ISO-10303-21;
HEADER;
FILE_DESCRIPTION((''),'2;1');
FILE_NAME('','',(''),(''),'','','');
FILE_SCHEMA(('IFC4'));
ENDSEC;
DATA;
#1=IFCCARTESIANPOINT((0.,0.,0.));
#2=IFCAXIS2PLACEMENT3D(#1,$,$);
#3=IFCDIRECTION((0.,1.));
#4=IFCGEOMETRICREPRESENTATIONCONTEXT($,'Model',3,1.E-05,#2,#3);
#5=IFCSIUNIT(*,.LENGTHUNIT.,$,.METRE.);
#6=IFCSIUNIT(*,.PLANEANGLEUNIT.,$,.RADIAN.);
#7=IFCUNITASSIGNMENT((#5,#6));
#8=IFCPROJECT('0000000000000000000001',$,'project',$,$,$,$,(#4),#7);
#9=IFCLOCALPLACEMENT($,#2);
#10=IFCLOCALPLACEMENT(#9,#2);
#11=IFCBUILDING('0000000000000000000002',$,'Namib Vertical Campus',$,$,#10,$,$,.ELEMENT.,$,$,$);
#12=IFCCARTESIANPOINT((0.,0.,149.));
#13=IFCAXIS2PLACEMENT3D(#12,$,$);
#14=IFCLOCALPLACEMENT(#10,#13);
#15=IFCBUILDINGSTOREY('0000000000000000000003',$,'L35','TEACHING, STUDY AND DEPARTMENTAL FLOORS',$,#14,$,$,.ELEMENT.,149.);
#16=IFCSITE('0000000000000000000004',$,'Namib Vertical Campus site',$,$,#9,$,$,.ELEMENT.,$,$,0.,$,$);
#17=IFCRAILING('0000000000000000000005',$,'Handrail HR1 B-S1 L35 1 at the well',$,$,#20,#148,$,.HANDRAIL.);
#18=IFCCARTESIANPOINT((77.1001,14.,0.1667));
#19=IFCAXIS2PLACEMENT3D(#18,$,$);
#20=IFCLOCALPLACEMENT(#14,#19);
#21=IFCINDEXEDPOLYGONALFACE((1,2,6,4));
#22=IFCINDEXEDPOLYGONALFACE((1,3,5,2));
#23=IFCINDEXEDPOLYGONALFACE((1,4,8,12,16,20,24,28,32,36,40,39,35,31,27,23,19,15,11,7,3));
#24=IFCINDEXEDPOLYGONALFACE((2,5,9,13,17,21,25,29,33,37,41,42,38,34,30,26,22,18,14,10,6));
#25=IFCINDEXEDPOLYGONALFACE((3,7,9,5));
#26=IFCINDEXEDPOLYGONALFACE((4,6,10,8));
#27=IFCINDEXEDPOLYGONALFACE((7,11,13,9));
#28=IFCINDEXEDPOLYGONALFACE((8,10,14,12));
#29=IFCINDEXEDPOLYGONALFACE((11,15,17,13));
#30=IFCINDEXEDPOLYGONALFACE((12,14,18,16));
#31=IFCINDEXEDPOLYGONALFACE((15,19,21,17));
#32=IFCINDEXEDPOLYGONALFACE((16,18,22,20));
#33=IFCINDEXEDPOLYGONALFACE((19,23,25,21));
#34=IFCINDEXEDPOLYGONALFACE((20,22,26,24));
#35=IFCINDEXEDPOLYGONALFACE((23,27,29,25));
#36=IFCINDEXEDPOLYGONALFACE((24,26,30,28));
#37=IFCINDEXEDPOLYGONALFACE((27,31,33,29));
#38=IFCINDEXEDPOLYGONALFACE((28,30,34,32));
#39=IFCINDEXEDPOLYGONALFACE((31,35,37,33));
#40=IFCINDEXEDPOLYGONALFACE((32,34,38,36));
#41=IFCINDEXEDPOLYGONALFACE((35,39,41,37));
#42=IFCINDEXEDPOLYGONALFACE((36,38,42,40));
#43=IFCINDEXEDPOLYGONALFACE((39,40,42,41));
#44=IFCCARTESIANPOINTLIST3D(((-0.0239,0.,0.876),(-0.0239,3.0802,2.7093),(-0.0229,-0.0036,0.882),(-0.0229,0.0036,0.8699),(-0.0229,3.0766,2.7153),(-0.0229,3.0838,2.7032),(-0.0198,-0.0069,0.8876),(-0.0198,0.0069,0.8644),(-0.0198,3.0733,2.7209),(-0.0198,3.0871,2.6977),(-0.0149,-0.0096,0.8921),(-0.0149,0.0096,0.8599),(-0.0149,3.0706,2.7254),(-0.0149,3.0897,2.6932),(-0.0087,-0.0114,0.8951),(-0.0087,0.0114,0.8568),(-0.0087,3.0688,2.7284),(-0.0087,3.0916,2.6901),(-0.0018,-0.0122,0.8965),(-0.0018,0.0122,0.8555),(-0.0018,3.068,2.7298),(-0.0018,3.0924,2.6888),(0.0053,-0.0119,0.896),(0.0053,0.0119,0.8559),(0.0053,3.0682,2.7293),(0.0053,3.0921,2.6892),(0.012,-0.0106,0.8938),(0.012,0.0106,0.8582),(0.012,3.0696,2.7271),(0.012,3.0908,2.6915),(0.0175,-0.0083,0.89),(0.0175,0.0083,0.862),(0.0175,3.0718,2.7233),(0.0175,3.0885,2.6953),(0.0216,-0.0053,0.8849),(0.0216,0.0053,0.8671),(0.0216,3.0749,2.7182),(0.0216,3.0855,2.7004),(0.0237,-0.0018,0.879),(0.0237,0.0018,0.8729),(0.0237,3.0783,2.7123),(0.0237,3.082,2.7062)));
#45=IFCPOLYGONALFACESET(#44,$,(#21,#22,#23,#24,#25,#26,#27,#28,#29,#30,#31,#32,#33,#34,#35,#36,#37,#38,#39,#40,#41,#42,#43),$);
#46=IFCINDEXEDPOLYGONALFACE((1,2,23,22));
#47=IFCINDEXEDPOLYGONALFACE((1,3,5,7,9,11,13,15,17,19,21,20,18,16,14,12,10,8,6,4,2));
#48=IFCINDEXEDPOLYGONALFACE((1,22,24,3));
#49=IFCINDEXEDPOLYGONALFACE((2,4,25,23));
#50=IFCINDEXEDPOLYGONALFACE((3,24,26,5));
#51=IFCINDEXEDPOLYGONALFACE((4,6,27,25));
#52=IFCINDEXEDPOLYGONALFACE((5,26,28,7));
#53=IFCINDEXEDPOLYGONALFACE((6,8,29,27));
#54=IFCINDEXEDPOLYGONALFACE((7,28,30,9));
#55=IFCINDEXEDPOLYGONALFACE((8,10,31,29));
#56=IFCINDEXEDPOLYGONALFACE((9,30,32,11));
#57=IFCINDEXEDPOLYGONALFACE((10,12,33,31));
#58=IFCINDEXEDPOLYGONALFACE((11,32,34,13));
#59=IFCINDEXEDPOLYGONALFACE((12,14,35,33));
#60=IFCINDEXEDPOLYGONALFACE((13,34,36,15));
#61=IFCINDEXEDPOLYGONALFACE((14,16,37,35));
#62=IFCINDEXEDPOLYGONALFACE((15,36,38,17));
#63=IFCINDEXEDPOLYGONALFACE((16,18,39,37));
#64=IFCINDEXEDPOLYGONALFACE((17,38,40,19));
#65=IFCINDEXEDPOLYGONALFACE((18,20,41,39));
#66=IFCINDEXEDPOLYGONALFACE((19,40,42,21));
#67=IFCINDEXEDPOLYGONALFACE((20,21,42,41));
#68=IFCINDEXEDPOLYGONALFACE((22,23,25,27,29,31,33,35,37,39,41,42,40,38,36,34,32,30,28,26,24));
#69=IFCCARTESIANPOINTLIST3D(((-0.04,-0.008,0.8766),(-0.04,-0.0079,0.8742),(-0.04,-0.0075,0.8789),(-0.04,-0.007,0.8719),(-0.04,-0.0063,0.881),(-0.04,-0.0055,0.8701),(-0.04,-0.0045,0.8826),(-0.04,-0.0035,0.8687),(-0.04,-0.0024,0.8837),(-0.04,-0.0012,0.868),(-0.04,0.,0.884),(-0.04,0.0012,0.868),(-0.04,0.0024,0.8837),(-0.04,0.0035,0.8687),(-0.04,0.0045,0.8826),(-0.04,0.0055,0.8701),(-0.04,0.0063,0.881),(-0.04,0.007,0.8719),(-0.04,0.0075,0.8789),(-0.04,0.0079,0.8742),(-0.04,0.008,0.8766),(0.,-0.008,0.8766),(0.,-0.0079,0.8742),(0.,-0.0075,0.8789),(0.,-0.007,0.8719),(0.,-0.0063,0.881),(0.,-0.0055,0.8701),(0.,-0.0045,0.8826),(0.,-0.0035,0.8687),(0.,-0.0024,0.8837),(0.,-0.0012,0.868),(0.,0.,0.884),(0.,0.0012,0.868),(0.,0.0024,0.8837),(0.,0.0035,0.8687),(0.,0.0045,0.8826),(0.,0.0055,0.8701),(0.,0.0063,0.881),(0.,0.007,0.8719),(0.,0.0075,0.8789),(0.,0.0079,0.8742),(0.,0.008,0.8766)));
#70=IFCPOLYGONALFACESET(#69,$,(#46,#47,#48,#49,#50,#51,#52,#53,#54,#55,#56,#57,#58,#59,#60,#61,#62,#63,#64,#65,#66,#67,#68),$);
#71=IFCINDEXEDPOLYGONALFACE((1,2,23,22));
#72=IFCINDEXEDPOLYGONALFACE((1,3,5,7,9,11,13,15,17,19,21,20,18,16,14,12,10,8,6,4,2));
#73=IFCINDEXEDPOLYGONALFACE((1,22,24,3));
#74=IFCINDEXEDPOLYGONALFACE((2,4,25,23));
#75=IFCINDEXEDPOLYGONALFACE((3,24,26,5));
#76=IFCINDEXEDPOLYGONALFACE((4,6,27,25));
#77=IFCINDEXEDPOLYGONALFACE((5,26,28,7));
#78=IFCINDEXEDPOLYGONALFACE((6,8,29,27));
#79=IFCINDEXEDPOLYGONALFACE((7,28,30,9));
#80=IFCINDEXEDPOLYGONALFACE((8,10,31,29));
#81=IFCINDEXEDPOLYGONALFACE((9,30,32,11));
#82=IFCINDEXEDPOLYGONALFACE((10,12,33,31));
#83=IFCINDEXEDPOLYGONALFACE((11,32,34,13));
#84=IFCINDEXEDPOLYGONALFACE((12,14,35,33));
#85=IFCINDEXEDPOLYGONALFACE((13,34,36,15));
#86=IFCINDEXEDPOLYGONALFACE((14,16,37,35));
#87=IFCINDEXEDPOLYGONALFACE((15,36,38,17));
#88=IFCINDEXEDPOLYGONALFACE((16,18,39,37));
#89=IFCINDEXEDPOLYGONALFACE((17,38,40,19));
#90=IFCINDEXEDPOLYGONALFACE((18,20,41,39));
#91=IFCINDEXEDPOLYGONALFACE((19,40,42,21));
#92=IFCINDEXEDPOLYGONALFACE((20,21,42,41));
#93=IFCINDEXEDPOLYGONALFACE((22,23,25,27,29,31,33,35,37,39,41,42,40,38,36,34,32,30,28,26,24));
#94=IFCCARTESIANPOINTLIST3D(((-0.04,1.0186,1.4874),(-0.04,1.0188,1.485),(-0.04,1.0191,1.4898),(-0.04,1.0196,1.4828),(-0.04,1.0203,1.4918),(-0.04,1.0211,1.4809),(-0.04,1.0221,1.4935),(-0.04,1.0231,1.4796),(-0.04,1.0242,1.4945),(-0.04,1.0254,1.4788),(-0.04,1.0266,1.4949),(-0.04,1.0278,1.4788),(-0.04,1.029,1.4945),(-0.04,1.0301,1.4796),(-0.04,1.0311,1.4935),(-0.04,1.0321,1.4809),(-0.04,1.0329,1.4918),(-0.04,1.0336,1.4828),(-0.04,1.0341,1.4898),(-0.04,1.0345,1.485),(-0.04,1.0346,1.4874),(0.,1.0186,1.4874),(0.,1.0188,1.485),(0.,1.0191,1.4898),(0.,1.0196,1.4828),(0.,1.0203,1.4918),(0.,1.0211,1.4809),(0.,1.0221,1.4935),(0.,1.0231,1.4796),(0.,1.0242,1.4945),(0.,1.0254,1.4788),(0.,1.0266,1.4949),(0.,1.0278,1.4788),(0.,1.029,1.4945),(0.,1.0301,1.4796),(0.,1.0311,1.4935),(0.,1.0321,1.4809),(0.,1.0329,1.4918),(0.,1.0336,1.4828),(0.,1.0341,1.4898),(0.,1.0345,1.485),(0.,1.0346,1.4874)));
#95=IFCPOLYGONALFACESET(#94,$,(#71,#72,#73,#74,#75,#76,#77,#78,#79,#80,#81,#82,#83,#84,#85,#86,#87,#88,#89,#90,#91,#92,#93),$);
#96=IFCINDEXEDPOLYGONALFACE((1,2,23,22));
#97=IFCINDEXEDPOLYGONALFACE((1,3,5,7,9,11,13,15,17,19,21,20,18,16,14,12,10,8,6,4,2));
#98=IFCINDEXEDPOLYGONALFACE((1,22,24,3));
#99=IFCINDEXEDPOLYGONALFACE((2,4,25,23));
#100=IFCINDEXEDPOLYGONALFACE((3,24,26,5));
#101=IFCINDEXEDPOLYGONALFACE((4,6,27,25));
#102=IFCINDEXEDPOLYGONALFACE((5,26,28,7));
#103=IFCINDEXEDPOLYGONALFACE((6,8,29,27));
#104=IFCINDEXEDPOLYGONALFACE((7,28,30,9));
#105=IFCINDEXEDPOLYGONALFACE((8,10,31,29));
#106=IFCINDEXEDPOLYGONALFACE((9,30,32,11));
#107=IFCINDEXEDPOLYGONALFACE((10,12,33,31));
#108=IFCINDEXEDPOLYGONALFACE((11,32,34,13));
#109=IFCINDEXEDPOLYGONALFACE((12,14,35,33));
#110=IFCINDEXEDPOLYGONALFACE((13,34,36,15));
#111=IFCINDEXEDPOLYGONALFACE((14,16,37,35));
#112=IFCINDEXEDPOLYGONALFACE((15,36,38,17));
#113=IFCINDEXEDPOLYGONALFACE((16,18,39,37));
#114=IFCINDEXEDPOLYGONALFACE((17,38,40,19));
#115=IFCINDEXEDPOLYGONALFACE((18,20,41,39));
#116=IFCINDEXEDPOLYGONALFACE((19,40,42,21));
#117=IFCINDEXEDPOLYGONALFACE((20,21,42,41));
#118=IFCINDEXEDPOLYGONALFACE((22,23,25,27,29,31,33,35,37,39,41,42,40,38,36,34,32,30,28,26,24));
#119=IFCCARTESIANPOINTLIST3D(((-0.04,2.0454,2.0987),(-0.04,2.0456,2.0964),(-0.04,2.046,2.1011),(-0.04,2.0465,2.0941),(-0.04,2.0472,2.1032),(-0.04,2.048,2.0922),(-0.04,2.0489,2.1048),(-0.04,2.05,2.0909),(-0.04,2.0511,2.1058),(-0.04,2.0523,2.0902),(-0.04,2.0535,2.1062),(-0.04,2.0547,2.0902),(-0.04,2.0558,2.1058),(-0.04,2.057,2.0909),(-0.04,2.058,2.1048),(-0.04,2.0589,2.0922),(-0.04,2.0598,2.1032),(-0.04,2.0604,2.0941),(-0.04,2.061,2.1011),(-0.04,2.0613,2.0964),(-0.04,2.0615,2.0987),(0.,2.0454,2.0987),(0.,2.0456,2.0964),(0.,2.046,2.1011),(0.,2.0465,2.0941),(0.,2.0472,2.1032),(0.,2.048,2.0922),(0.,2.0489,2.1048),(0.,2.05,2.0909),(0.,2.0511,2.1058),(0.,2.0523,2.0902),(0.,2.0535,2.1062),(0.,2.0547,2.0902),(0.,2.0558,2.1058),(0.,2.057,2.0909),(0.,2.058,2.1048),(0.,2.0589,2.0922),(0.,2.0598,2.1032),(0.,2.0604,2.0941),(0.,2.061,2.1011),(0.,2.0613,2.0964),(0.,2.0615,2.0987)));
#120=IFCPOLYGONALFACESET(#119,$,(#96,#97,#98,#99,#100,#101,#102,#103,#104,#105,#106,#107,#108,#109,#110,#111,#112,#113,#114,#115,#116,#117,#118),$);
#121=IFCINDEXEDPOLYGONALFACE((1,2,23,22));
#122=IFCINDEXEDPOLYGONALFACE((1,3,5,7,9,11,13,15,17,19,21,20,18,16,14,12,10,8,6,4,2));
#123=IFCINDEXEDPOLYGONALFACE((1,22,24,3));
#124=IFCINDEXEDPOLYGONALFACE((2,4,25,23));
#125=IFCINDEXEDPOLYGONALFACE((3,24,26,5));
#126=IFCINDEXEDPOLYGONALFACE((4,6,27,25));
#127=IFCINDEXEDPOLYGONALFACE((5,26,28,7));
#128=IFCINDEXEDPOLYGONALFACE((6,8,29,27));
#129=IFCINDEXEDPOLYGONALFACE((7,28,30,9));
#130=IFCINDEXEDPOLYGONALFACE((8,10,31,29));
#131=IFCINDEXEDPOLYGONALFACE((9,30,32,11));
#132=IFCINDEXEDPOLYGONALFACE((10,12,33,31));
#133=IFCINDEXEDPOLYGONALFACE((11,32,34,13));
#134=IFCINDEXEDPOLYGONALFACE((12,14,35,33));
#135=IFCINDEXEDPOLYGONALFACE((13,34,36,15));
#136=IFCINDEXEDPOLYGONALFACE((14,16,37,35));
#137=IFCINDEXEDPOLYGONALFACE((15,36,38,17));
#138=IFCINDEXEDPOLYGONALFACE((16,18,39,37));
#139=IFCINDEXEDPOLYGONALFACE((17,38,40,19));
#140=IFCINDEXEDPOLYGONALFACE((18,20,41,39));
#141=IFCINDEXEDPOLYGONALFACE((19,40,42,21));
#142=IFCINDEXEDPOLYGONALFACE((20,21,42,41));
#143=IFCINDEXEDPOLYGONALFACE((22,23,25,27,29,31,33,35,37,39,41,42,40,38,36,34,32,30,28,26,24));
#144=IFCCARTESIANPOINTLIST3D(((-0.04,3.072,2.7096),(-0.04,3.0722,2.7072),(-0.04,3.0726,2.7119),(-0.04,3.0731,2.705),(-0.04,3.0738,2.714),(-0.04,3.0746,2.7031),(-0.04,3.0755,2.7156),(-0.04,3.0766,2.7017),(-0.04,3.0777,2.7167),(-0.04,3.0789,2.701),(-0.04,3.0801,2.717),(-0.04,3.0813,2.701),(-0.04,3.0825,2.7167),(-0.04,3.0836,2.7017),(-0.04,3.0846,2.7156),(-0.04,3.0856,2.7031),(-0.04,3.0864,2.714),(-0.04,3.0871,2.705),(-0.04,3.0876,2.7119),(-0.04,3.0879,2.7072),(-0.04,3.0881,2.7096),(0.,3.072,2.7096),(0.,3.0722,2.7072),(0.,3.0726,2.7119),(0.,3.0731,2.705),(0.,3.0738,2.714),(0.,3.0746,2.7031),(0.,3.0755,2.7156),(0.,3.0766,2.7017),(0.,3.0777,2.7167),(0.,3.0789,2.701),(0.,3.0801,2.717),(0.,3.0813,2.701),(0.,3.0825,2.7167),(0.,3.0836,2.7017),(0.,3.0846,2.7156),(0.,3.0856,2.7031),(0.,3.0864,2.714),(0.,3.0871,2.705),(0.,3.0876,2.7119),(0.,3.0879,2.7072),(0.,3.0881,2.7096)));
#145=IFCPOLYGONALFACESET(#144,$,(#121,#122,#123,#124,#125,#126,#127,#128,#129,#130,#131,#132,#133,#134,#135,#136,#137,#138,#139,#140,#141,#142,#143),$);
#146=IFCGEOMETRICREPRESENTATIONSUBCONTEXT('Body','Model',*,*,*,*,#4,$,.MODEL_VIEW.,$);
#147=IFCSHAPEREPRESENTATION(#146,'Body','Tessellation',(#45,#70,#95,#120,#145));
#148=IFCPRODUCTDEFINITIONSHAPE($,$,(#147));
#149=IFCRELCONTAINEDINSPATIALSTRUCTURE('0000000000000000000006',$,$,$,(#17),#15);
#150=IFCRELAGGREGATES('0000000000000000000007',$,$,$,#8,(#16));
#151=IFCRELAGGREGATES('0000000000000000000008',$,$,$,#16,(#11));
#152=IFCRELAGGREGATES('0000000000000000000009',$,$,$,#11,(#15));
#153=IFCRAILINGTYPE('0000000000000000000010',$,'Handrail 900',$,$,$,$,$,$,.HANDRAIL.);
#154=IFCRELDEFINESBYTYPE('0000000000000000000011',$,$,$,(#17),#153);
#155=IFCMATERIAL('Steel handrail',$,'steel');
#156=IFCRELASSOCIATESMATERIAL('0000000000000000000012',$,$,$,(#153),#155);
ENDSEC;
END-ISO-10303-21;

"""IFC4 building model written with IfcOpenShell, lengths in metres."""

from ifc_helpers import new_model, si_unit, direction, frame, origin, origin_2d, place, context, subcontext, project, spatial, circle, extrude, material, type_object, element, save


model = new_model("IFC4")

# Units and contexts
model_context = context("Model", 3, precision=1e-05, world=origin(), true_north=direction((0.0, 1.0)))
body_context = subcontext(model_context, "Body", "Model", "MODEL_VIEW")
ifc_project = project(units=[si_unit("LENGTHUNIT", "METRE"), si_unit("PLANEANGLEUNIT", "RADIAN")], contexts=[model_context])

# Site, building, storey
site_placement = place(None, origin())
site = spatial("IfcSite", under=ifc_project, at=site_placement, Name="Namib Vertical Campus site", CompositionType="ELEMENT", RefElevation=0.0)
building_placement = place(site_placement, origin())
building = spatial("IfcBuilding", under=site, at=building_placement, Name="Namib Vertical Campus", CompositionType="ELEMENT")
storey_placement = place(building_placement, frame((0.0, 0.0, 149.0)))
storey = spatial("IfcBuildingStorey", under=building, at=storey_placement, Name="L35", Description="TEACHING, STUDY AND DEPARTMENTAL FLOORS", CompositionType="ELEMENT", Elevation=149.0)

# Railing
ifc_material_1 = material(Name="Steel handrail", Category="steel")
railing_type_1 = type_object("IfcRailingType", Name="Handrail 900", PredefinedType="HANDRAIL", material=ifc_material_1)
railing_1_placement = place(storey_placement, frame((77.1001, 14.0, 0.1667)))
element("IfcRailing", 1, at=railing_1_placement, inside=storey, type_object=railing_type_1, Name="Handrail HR1 B-S1 L35 1 at the well", PredefinedType="HANDRAIL", context=body_context, shape_type="SweptSolid", body=[
    extrude(circle(Radius=0.0239, at=origin_2d()), frame((0.0, 0.0, 0.876), z_axis=(0.0, 0.859309, 0.511458), x_axis=(-1.0, 0.0, 0.0)), (0.0, 0.0, 1.0), 3.5845),
    extrude(circle(Radius=0.0081, at=origin_2d()), frame((0.0, 0.0, 0.876), z_axis=(-1.0, 0.0, 0.0), x_axis=(0.0, 0.0, 1.0)), (0.0, 0.0, 1.0), 0.04),
    extrude(circle(Radius=0.0081, at=origin_2d()), frame((0.0, 1.0266, 1.4868), z_axis=(-1.0, 0.0, 0.0), x_axis=(0.0, 0.0, 1.0)), (0.0, 0.0, 1.0), 0.04),
    extrude(circle(Radius=0.0081, at=origin_2d()), frame((0.0, 2.0535, 2.0981), z_axis=(-1.0, 0.0, 0.0), x_axis=(0.0, 0.0, 1.0)), (0.0, 0.0, 1.0), 0.04),
    extrude(circle(Radius=0.0081, at=origin_2d()), frame((0.0, 3.0801, 2.709), z_axis=(-1.0, 0.0, 0.0), x_axis=(0.0, 0.0, 1.0)), (0.0, 0.0, 1.0), 0.04),
])

save(model, "model.ifc")
